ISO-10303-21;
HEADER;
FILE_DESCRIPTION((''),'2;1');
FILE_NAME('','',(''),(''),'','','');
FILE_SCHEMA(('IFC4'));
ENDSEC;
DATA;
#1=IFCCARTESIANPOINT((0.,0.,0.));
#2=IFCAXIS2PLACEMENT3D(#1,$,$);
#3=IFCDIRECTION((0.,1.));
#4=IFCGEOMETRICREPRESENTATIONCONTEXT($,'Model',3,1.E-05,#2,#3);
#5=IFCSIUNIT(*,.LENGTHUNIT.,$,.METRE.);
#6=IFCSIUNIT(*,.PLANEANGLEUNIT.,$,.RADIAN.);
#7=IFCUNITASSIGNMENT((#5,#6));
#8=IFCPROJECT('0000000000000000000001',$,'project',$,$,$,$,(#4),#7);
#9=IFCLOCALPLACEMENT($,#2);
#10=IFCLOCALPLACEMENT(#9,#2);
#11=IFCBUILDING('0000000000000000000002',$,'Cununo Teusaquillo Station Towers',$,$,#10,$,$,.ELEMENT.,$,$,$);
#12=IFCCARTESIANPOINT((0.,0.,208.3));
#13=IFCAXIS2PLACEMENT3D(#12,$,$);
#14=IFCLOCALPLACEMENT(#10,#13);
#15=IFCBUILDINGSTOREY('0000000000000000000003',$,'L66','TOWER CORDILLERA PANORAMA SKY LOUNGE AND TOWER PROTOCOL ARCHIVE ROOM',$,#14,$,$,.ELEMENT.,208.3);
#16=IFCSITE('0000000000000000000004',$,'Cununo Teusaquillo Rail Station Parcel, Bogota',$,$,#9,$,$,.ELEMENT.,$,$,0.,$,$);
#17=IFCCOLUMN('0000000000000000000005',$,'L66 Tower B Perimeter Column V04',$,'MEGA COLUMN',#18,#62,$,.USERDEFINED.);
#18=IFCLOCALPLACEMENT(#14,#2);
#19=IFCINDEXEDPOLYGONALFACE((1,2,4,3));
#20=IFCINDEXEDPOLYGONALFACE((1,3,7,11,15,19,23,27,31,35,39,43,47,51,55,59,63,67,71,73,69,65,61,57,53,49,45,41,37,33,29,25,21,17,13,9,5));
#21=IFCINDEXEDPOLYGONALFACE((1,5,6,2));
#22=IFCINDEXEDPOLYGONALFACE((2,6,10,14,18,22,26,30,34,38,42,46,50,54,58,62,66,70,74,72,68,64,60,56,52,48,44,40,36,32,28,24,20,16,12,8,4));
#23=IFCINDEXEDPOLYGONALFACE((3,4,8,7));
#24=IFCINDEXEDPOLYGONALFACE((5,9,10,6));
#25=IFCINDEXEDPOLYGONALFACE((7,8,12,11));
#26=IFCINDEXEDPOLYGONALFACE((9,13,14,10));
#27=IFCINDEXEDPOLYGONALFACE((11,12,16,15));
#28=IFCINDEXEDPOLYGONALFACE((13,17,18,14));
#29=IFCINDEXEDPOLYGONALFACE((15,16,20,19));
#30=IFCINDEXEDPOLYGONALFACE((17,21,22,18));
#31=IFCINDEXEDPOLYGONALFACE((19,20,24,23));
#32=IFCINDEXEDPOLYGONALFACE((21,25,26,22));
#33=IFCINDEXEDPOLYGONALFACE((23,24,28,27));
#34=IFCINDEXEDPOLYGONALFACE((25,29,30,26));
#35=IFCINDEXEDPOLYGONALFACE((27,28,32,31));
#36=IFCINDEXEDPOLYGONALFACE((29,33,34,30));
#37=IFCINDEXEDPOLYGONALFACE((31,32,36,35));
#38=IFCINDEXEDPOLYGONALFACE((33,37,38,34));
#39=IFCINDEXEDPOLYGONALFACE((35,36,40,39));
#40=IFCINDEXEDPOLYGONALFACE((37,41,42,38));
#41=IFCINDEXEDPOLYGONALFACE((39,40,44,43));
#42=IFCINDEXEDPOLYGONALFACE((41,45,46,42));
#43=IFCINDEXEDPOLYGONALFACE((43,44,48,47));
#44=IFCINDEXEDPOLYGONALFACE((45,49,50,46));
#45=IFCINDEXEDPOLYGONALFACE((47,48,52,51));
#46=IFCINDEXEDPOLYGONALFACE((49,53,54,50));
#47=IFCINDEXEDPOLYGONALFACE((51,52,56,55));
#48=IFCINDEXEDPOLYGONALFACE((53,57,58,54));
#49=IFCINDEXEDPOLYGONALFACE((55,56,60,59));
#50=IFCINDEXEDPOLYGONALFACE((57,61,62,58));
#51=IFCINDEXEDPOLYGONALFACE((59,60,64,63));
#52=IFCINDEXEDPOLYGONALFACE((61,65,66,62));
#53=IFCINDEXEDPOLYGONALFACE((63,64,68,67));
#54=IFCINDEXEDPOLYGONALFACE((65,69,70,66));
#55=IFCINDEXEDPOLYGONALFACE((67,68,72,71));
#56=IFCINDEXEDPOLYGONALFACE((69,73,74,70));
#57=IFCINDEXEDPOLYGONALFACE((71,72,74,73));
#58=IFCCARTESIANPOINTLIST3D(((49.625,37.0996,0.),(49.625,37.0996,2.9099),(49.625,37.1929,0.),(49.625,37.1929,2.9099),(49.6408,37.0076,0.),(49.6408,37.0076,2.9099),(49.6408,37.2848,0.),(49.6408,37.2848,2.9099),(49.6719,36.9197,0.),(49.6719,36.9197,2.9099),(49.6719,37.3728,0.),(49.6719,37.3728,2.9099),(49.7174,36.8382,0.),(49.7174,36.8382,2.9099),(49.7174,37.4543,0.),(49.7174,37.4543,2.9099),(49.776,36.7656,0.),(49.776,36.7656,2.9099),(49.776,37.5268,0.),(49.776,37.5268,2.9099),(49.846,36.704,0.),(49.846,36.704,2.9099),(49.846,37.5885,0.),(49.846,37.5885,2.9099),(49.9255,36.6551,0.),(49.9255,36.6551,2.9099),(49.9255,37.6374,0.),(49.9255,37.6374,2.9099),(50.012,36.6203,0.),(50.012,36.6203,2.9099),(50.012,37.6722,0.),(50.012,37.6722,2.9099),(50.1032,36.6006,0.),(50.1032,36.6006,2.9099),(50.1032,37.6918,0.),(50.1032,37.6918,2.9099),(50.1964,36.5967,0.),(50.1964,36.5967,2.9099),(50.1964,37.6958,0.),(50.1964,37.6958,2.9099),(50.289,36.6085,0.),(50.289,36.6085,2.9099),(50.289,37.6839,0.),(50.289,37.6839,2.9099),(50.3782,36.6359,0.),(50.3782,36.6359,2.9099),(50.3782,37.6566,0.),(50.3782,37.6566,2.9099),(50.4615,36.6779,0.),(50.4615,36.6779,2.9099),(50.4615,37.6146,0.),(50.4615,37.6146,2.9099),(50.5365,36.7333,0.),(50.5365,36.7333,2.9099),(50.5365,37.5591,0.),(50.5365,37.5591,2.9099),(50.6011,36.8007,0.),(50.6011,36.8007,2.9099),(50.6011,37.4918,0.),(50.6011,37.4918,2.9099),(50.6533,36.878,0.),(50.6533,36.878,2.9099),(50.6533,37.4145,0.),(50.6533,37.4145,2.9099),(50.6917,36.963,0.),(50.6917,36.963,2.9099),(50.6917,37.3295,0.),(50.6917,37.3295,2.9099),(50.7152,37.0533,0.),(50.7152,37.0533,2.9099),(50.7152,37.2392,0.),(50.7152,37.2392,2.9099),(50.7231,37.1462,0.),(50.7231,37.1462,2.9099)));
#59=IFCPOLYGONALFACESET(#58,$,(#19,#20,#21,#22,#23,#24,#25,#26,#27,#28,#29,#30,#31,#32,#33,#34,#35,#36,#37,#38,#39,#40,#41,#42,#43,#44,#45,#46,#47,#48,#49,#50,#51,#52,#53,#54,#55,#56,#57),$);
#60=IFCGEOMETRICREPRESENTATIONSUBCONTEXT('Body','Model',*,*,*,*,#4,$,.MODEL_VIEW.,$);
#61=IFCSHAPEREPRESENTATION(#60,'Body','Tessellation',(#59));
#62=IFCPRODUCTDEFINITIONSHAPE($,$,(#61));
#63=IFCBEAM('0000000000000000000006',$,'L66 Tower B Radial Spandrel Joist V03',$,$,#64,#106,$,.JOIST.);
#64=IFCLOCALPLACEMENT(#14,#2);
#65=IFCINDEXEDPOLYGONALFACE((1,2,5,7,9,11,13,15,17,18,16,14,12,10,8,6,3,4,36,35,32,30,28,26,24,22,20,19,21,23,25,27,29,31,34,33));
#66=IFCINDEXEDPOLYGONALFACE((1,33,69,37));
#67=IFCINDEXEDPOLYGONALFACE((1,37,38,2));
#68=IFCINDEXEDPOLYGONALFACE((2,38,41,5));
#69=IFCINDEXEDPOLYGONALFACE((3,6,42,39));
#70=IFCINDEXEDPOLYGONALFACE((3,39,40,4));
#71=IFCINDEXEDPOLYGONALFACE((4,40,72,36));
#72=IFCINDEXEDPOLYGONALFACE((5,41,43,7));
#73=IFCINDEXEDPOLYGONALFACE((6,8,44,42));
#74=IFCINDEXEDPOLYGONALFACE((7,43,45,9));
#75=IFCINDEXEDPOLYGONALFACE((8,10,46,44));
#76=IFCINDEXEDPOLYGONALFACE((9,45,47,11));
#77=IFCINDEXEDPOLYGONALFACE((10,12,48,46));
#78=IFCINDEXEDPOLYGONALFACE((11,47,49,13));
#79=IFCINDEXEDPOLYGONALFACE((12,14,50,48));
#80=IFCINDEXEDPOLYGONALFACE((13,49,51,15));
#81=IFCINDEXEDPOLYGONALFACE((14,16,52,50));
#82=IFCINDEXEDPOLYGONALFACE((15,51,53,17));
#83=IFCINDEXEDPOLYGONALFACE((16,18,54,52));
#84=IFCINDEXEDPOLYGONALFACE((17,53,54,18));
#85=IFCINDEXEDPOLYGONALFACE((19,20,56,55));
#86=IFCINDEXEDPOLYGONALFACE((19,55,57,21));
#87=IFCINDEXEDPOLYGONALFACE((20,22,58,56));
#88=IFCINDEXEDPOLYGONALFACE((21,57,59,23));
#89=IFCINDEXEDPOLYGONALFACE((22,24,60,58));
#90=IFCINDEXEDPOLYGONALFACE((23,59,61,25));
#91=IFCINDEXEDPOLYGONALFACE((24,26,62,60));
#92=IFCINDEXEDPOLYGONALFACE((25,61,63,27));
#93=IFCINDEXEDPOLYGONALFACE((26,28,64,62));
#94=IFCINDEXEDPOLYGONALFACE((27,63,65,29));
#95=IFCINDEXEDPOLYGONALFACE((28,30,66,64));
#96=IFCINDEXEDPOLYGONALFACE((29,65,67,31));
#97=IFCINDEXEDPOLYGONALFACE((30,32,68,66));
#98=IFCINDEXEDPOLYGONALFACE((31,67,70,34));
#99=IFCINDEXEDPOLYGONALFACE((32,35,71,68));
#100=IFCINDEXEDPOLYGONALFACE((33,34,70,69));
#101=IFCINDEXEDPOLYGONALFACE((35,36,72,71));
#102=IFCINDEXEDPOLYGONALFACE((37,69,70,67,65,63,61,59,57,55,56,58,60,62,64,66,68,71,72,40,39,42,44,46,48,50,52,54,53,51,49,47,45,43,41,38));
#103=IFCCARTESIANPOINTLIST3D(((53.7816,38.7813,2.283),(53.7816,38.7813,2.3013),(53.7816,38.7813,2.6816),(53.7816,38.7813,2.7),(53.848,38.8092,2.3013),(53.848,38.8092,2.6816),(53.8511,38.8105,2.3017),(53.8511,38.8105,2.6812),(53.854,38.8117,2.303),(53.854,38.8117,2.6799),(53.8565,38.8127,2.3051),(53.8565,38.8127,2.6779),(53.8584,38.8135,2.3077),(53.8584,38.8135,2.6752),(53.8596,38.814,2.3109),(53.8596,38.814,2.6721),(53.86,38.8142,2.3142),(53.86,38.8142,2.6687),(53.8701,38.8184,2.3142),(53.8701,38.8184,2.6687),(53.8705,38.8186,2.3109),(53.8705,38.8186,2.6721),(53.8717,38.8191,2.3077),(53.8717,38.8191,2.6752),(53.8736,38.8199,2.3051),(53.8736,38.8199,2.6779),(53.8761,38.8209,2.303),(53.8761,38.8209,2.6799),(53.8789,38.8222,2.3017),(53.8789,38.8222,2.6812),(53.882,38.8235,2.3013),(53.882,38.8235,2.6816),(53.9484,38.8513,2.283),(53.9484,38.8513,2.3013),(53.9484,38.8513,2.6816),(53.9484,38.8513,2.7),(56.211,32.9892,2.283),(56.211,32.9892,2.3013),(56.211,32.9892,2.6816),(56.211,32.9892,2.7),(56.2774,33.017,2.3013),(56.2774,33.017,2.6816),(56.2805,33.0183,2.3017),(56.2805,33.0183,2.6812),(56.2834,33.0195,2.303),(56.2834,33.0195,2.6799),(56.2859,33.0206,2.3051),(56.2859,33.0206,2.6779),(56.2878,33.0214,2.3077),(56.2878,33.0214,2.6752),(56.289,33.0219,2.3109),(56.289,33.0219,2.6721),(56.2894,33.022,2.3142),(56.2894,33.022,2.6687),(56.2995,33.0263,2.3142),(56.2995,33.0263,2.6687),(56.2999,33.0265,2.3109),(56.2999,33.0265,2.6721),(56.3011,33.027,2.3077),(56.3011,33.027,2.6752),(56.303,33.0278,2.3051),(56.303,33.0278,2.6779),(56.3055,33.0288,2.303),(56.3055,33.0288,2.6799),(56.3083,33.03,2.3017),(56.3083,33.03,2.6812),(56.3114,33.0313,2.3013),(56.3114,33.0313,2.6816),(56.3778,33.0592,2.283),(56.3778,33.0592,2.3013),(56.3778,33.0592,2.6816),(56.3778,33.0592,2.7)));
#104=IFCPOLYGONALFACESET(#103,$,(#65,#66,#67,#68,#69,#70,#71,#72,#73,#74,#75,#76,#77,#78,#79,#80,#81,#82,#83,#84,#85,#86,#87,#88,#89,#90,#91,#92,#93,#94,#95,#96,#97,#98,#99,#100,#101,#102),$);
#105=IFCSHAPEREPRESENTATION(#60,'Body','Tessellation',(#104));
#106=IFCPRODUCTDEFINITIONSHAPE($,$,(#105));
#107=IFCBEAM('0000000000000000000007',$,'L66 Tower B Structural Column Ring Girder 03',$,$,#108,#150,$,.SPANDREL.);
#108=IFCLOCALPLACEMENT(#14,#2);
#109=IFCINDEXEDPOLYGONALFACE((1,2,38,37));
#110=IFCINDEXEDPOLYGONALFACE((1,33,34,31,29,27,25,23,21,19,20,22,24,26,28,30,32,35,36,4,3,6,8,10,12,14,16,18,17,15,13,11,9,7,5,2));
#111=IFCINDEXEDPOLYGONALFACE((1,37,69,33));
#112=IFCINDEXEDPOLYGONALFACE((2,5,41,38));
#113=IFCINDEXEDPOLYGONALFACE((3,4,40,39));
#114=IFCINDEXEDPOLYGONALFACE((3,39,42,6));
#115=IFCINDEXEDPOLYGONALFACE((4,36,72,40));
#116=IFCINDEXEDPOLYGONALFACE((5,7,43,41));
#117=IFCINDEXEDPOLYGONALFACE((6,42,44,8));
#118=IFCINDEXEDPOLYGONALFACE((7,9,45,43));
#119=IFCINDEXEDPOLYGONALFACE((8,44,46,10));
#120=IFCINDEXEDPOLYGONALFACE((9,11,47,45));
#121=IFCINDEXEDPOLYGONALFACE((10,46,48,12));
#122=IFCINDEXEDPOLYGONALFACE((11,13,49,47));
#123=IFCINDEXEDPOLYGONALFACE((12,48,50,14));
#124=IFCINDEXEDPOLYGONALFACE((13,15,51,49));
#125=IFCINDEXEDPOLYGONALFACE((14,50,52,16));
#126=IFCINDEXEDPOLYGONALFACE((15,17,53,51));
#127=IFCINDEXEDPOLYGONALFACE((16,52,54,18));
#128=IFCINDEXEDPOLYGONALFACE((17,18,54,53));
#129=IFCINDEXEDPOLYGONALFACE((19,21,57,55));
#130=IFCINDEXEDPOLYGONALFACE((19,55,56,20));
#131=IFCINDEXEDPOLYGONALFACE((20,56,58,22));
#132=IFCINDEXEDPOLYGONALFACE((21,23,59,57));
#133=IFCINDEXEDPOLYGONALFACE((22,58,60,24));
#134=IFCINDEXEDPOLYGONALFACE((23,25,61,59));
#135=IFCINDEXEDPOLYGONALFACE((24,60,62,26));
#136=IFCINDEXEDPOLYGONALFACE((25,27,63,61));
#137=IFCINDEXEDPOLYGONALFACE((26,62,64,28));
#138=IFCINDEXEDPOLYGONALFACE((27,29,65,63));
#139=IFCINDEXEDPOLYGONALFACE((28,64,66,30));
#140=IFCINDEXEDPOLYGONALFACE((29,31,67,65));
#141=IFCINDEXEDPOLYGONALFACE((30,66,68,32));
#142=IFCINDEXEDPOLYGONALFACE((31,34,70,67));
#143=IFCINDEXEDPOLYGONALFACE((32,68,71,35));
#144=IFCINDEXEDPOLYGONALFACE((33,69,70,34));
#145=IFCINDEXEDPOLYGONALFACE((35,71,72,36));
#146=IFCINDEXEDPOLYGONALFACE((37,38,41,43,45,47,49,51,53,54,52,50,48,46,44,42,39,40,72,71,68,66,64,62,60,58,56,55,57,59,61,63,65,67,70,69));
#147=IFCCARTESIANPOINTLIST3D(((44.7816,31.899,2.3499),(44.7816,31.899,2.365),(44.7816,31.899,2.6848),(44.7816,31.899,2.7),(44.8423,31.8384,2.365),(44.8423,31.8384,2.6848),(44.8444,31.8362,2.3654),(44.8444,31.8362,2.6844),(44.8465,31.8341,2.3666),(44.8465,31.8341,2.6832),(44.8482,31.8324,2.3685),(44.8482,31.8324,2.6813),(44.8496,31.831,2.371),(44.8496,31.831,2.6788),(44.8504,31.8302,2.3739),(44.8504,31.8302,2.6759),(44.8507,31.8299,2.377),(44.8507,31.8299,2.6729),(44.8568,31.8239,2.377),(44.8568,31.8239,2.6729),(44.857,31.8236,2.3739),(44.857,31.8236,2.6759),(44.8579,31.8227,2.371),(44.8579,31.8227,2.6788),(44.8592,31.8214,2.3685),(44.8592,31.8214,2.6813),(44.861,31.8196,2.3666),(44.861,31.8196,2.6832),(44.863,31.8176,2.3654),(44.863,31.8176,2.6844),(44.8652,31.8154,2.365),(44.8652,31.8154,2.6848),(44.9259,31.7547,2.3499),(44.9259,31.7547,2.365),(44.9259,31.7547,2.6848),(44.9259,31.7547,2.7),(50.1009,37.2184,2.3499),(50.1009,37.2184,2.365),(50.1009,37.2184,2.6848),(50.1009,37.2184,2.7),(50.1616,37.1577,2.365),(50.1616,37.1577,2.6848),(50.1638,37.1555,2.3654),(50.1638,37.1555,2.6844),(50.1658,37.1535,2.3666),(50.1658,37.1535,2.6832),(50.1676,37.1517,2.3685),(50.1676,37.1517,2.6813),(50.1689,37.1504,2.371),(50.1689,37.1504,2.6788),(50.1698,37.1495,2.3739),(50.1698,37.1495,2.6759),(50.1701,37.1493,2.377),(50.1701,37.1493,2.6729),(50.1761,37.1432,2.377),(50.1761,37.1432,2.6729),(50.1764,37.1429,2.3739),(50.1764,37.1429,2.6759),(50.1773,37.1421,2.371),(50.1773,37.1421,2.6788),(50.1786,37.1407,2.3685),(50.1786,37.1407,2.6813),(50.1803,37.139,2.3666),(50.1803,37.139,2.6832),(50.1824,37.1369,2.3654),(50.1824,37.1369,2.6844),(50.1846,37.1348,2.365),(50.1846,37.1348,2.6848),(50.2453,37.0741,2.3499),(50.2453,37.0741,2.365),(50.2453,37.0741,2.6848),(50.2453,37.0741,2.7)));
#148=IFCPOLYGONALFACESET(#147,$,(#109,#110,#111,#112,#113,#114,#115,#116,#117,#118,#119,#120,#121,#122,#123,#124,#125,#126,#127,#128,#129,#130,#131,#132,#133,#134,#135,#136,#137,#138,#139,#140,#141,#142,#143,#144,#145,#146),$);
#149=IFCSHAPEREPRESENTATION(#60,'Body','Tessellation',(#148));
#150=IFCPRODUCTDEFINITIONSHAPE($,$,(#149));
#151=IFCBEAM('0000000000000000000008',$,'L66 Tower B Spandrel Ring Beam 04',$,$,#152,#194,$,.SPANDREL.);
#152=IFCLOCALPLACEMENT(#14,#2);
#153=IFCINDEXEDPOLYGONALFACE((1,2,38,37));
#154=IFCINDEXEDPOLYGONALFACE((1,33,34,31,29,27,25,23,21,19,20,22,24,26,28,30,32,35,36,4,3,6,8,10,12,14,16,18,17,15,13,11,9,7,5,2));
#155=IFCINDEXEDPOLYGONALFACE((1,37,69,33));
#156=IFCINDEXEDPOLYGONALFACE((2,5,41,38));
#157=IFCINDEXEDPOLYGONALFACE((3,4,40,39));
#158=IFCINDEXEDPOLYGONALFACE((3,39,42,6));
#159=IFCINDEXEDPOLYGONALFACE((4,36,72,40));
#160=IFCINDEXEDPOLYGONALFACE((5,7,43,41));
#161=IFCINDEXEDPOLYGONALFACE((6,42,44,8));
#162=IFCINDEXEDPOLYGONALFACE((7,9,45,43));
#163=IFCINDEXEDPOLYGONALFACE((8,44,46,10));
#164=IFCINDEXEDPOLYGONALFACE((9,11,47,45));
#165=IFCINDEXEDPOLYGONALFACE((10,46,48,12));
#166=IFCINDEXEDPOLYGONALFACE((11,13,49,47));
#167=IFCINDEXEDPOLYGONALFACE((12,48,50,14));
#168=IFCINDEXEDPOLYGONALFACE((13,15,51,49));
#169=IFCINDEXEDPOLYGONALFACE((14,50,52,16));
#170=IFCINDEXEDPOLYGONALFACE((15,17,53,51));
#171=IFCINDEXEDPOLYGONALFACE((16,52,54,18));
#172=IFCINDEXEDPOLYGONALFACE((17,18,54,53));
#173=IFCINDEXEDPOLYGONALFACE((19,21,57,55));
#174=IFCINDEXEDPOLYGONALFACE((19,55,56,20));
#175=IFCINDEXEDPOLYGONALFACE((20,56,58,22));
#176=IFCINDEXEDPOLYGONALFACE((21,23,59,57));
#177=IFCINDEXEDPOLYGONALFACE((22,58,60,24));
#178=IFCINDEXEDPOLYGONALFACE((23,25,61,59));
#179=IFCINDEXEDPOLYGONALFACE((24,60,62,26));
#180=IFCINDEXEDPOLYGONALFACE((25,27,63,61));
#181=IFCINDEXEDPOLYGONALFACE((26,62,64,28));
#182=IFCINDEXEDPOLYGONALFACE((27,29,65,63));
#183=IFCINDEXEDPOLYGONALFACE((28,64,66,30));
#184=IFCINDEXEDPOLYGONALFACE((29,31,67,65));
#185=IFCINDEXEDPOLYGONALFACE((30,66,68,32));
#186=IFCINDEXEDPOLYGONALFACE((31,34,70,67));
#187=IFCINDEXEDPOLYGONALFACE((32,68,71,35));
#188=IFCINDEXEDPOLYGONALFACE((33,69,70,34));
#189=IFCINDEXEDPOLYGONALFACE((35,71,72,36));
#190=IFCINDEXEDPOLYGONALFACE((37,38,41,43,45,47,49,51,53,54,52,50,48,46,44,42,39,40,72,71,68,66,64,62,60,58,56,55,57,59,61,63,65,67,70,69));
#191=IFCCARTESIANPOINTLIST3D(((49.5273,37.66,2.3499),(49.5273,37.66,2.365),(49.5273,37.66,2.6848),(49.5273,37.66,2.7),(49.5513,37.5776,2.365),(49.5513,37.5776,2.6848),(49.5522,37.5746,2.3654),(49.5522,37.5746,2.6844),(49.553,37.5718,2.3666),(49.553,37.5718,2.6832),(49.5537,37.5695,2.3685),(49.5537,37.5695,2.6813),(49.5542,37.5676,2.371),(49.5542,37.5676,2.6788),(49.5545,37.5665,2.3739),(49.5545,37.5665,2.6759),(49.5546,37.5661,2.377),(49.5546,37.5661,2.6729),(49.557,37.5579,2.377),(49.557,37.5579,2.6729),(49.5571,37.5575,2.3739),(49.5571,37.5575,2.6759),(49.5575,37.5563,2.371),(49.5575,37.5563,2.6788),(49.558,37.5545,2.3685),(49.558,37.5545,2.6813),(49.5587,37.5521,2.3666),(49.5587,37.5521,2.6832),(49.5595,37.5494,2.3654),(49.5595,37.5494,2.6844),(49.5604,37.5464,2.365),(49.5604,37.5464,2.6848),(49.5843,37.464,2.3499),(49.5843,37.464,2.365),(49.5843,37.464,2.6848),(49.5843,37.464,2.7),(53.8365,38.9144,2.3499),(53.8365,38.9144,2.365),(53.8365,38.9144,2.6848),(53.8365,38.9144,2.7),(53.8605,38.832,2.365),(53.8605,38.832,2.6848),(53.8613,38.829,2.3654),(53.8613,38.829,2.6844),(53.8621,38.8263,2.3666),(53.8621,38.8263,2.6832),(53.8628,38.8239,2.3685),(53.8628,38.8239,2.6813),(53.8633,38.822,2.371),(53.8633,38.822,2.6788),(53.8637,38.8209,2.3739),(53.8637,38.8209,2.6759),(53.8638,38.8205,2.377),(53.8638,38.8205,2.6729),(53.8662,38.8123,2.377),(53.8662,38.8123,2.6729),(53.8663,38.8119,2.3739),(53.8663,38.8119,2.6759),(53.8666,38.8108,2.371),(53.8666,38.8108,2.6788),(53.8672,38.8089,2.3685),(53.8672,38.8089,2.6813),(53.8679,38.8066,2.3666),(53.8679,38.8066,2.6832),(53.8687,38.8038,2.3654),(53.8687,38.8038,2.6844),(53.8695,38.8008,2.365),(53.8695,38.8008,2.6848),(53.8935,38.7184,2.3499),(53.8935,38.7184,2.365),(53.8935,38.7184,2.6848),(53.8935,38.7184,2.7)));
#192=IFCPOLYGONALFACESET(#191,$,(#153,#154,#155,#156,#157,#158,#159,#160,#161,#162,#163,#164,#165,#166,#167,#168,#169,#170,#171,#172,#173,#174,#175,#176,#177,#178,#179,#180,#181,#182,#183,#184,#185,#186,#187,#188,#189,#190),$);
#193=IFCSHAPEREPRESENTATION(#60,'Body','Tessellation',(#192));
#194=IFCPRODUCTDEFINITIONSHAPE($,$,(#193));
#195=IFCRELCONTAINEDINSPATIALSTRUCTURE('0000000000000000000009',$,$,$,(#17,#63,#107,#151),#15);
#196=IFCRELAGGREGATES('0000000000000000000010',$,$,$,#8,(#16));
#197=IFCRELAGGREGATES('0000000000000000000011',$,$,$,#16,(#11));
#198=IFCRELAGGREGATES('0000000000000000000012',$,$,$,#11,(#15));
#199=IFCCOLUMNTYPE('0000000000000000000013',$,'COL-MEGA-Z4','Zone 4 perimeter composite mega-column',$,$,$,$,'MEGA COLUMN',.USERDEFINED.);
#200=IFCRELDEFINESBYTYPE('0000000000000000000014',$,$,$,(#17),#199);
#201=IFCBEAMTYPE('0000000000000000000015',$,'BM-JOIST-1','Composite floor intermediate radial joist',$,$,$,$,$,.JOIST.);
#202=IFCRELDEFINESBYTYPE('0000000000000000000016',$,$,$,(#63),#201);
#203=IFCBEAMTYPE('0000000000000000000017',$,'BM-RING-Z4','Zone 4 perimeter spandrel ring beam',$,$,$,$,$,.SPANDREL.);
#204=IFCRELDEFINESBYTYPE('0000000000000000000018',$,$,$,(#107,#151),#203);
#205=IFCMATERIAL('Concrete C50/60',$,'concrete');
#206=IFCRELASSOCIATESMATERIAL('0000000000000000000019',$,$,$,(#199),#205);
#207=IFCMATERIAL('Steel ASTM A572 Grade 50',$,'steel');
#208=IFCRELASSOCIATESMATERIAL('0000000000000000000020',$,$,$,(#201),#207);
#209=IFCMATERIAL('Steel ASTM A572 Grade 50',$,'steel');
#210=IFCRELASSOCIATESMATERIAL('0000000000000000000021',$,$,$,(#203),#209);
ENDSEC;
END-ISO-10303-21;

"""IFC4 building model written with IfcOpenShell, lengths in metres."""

from ifc_helpers import new_model, si_unit, direction, frame, origin, origin_2d, place, context, subcontext, project, spatial, circle, i_section, extrude, material, material_profile, profile_set, type_object, element, save


model = new_model("IFC4")

# Units and contexts
model_context = context("Model", 3, precision=1e-05, world=origin(), true_north=direction((0.0, 1.0)))
body_context = subcontext(model_context, "Body", "Model", "MODEL_VIEW")
ifc_project = project(units=[si_unit("LENGTHUNIT", "METRE"), si_unit("PLANEANGLEUNIT", "RADIAN")], contexts=[model_context])

# Site, building, storey
site_placement = place(None, origin())
site = spatial("IfcSite", under=ifc_project, at=site_placement, Name="Cununo Teusaquillo Rail Station Parcel, Bogota", CompositionType="ELEMENT", RefElevation=0.0)
building_placement = place(site_placement, origin())
building = spatial("IfcBuilding", under=site, at=building_placement, Name="Cununo Teusaquillo Station Towers", CompositionType="ELEMENT")
storey_placement = place(building_placement, frame((0.0, 0.0, 208.3)))
storey = spatial("IfcBuildingStorey", under=building, at=storey_placement, Name="L66", Description="TOWER CORDILLERA PANORAMA SKY LOUNGE AND TOWER PROTOCOL ARCHIVE ROOM", CompositionType="ELEMENT", Elevation=208.3)

# Column
ifc_material_1 = material(Name="Concrete C50/60", Category="concrete")
ifc_material_profile_1 = material_profile(ifc_material_1, circle(Radius=0.55, at=origin_2d()), Name="RC-CIRC-1100")
ifc_profile_set_1 = profile_set([ifc_material_profile_1], Name="Concrete C50/60")
column_type = type_object("IfcColumnType", Name="COL-MEGA-Z4", Description="Zone 4 perimeter composite mega-column", ElementType="MEGA COLUMN", PredefinedType="USERDEFINED", material=ifc_profile_set_1)
column_placement = place(storey_placement, frame((50.1731, 37.1462, 0.0), z_axis=(0.0, 0.0, 1.0), x_axis=(1.0, 0.0, 0.0)))
element("IfcColumn", 1, at=column_placement, inside=storey, type_object=column_type, Name="L66 Tower B Perimeter Column V04", ObjectType="MEGA COLUMN", PredefinedType="USERDEFINED", context=body_context, shape_type="SweptSolid", body=[
    extrude(circle(Radius=0.55, at=origin_2d()), origin(), (0.0, 0.0, 1.0), 2.9099),
])

# Beams
ifc_material_2 = material(Name="Steel ASTM A572 Grade 50", Category="steel")
ifc_material_profile_2 = material_profile(ifc_material_2, i_section(OverallWidth=0.1809, OverallDepth=0.417, WebThickness=0.011, FlangeThickness=0.0183, FilletRadius=0.0129, at=origin_2d()), Name="W16X57")
ifc_profile_set_2 = profile_set([ifc_material_profile_2], Name="Steel ASTM A572 Grade 50")
beam_type_1 = type_object("IfcBeamType", Name="BM-JOIST-1", Description="Composite floor intermediate radial joist", PredefinedType="JOIST", material=ifc_profile_set_2)
beam_1_placement = place(storey_placement, frame((56.2944, 33.0242, 2.4915), z_axis=(-0.386786, 0.922169, 0.0), x_axis=(-0.922169, -0.386786, 0.0)))
element("IfcBeam", 2, at=beam_1_placement, inside=storey, type_object=beam_type_1, Name="L66 Tower B Radial Spandrel Joist V03", PredefinedType="JOIST", context=body_context, shape_type="SweptSolid", body=[
    extrude(i_section(OverallWidth=0.1809, OverallDepth=0.417, WebThickness=0.011, FlangeThickness=0.0183, FilletRadius=0.0129, at=origin_2d()), origin(), (0.0, 0.0, 1.0), 6.281),
])
ifc_material_3 = material(Name="Steel ASTM A572 Grade 50", Category="steel")
ifc_material_profile_3 = material_profile(ifc_material_3, i_section(OverallWidth=0.2041, OverallDepth=0.3501, WebThickness=0.0085, FlangeThickness=0.0151, FilletRadius=0.012, at=origin_2d()), Name="W14X48")
ifc_profile_set_3 = profile_set([ifc_material_profile_3], Name="Steel ASTM A572 Grade 50")
beam_type_2 = type_object("IfcBeamType", Name="BM-RING-Z4", Description="Zone 4 perimeter spandrel ring beam", PredefinedType="SPANDREL", material=ifc_profile_set_3)
beam_2_placement = place(storey_placement, frame((50.1731, 37.1462, 2.5249), z_axis=(-0.707107, -0.707107, 0.0), x_axis=(0.707107, -0.707107, 0.0)))
element("IfcBeam", 3, at=beam_2_placement, inside=storey, type_object=beam_type_2, Name="L66 Tower B Structural Column Ring Girder 03", PredefinedType="SPANDREL", context=body_context, shape_type="SweptSolid", body=[
    extrude(i_section(OverallWidth=0.2041, OverallDepth=0.3501, WebThickness=0.0085, FlangeThickness=0.0151, FilletRadius=0.012, at=origin_2d()), origin(), (0.0, 0.0, 1.0), 7.5227),
])
beam_3_placement = place(storey_placement, frame((53.865, 38.8164, 2.5249), z_axis=(-0.960145, -0.279503, 0.0), x_axis=(0.279503, -0.960145, 0.0)))
element("IfcBeam", 4, at=beam_3_placement, inside=storey, type_object=beam_type_2, Name="L66 Tower B Spandrel Ring Beam 04", PredefinedType="SPANDREL", context=body_context, shape_type="SweptSolid", body=[
    extrude(i_section(OverallWidth=0.2041, OverallDepth=0.3501, WebThickness=0.0085, FlangeThickness=0.0151, FilletRadius=0.012, at=origin_2d()), origin(), (0.0, 0.0, 1.0), 4.488),
])

save(model, "model.ifc")
